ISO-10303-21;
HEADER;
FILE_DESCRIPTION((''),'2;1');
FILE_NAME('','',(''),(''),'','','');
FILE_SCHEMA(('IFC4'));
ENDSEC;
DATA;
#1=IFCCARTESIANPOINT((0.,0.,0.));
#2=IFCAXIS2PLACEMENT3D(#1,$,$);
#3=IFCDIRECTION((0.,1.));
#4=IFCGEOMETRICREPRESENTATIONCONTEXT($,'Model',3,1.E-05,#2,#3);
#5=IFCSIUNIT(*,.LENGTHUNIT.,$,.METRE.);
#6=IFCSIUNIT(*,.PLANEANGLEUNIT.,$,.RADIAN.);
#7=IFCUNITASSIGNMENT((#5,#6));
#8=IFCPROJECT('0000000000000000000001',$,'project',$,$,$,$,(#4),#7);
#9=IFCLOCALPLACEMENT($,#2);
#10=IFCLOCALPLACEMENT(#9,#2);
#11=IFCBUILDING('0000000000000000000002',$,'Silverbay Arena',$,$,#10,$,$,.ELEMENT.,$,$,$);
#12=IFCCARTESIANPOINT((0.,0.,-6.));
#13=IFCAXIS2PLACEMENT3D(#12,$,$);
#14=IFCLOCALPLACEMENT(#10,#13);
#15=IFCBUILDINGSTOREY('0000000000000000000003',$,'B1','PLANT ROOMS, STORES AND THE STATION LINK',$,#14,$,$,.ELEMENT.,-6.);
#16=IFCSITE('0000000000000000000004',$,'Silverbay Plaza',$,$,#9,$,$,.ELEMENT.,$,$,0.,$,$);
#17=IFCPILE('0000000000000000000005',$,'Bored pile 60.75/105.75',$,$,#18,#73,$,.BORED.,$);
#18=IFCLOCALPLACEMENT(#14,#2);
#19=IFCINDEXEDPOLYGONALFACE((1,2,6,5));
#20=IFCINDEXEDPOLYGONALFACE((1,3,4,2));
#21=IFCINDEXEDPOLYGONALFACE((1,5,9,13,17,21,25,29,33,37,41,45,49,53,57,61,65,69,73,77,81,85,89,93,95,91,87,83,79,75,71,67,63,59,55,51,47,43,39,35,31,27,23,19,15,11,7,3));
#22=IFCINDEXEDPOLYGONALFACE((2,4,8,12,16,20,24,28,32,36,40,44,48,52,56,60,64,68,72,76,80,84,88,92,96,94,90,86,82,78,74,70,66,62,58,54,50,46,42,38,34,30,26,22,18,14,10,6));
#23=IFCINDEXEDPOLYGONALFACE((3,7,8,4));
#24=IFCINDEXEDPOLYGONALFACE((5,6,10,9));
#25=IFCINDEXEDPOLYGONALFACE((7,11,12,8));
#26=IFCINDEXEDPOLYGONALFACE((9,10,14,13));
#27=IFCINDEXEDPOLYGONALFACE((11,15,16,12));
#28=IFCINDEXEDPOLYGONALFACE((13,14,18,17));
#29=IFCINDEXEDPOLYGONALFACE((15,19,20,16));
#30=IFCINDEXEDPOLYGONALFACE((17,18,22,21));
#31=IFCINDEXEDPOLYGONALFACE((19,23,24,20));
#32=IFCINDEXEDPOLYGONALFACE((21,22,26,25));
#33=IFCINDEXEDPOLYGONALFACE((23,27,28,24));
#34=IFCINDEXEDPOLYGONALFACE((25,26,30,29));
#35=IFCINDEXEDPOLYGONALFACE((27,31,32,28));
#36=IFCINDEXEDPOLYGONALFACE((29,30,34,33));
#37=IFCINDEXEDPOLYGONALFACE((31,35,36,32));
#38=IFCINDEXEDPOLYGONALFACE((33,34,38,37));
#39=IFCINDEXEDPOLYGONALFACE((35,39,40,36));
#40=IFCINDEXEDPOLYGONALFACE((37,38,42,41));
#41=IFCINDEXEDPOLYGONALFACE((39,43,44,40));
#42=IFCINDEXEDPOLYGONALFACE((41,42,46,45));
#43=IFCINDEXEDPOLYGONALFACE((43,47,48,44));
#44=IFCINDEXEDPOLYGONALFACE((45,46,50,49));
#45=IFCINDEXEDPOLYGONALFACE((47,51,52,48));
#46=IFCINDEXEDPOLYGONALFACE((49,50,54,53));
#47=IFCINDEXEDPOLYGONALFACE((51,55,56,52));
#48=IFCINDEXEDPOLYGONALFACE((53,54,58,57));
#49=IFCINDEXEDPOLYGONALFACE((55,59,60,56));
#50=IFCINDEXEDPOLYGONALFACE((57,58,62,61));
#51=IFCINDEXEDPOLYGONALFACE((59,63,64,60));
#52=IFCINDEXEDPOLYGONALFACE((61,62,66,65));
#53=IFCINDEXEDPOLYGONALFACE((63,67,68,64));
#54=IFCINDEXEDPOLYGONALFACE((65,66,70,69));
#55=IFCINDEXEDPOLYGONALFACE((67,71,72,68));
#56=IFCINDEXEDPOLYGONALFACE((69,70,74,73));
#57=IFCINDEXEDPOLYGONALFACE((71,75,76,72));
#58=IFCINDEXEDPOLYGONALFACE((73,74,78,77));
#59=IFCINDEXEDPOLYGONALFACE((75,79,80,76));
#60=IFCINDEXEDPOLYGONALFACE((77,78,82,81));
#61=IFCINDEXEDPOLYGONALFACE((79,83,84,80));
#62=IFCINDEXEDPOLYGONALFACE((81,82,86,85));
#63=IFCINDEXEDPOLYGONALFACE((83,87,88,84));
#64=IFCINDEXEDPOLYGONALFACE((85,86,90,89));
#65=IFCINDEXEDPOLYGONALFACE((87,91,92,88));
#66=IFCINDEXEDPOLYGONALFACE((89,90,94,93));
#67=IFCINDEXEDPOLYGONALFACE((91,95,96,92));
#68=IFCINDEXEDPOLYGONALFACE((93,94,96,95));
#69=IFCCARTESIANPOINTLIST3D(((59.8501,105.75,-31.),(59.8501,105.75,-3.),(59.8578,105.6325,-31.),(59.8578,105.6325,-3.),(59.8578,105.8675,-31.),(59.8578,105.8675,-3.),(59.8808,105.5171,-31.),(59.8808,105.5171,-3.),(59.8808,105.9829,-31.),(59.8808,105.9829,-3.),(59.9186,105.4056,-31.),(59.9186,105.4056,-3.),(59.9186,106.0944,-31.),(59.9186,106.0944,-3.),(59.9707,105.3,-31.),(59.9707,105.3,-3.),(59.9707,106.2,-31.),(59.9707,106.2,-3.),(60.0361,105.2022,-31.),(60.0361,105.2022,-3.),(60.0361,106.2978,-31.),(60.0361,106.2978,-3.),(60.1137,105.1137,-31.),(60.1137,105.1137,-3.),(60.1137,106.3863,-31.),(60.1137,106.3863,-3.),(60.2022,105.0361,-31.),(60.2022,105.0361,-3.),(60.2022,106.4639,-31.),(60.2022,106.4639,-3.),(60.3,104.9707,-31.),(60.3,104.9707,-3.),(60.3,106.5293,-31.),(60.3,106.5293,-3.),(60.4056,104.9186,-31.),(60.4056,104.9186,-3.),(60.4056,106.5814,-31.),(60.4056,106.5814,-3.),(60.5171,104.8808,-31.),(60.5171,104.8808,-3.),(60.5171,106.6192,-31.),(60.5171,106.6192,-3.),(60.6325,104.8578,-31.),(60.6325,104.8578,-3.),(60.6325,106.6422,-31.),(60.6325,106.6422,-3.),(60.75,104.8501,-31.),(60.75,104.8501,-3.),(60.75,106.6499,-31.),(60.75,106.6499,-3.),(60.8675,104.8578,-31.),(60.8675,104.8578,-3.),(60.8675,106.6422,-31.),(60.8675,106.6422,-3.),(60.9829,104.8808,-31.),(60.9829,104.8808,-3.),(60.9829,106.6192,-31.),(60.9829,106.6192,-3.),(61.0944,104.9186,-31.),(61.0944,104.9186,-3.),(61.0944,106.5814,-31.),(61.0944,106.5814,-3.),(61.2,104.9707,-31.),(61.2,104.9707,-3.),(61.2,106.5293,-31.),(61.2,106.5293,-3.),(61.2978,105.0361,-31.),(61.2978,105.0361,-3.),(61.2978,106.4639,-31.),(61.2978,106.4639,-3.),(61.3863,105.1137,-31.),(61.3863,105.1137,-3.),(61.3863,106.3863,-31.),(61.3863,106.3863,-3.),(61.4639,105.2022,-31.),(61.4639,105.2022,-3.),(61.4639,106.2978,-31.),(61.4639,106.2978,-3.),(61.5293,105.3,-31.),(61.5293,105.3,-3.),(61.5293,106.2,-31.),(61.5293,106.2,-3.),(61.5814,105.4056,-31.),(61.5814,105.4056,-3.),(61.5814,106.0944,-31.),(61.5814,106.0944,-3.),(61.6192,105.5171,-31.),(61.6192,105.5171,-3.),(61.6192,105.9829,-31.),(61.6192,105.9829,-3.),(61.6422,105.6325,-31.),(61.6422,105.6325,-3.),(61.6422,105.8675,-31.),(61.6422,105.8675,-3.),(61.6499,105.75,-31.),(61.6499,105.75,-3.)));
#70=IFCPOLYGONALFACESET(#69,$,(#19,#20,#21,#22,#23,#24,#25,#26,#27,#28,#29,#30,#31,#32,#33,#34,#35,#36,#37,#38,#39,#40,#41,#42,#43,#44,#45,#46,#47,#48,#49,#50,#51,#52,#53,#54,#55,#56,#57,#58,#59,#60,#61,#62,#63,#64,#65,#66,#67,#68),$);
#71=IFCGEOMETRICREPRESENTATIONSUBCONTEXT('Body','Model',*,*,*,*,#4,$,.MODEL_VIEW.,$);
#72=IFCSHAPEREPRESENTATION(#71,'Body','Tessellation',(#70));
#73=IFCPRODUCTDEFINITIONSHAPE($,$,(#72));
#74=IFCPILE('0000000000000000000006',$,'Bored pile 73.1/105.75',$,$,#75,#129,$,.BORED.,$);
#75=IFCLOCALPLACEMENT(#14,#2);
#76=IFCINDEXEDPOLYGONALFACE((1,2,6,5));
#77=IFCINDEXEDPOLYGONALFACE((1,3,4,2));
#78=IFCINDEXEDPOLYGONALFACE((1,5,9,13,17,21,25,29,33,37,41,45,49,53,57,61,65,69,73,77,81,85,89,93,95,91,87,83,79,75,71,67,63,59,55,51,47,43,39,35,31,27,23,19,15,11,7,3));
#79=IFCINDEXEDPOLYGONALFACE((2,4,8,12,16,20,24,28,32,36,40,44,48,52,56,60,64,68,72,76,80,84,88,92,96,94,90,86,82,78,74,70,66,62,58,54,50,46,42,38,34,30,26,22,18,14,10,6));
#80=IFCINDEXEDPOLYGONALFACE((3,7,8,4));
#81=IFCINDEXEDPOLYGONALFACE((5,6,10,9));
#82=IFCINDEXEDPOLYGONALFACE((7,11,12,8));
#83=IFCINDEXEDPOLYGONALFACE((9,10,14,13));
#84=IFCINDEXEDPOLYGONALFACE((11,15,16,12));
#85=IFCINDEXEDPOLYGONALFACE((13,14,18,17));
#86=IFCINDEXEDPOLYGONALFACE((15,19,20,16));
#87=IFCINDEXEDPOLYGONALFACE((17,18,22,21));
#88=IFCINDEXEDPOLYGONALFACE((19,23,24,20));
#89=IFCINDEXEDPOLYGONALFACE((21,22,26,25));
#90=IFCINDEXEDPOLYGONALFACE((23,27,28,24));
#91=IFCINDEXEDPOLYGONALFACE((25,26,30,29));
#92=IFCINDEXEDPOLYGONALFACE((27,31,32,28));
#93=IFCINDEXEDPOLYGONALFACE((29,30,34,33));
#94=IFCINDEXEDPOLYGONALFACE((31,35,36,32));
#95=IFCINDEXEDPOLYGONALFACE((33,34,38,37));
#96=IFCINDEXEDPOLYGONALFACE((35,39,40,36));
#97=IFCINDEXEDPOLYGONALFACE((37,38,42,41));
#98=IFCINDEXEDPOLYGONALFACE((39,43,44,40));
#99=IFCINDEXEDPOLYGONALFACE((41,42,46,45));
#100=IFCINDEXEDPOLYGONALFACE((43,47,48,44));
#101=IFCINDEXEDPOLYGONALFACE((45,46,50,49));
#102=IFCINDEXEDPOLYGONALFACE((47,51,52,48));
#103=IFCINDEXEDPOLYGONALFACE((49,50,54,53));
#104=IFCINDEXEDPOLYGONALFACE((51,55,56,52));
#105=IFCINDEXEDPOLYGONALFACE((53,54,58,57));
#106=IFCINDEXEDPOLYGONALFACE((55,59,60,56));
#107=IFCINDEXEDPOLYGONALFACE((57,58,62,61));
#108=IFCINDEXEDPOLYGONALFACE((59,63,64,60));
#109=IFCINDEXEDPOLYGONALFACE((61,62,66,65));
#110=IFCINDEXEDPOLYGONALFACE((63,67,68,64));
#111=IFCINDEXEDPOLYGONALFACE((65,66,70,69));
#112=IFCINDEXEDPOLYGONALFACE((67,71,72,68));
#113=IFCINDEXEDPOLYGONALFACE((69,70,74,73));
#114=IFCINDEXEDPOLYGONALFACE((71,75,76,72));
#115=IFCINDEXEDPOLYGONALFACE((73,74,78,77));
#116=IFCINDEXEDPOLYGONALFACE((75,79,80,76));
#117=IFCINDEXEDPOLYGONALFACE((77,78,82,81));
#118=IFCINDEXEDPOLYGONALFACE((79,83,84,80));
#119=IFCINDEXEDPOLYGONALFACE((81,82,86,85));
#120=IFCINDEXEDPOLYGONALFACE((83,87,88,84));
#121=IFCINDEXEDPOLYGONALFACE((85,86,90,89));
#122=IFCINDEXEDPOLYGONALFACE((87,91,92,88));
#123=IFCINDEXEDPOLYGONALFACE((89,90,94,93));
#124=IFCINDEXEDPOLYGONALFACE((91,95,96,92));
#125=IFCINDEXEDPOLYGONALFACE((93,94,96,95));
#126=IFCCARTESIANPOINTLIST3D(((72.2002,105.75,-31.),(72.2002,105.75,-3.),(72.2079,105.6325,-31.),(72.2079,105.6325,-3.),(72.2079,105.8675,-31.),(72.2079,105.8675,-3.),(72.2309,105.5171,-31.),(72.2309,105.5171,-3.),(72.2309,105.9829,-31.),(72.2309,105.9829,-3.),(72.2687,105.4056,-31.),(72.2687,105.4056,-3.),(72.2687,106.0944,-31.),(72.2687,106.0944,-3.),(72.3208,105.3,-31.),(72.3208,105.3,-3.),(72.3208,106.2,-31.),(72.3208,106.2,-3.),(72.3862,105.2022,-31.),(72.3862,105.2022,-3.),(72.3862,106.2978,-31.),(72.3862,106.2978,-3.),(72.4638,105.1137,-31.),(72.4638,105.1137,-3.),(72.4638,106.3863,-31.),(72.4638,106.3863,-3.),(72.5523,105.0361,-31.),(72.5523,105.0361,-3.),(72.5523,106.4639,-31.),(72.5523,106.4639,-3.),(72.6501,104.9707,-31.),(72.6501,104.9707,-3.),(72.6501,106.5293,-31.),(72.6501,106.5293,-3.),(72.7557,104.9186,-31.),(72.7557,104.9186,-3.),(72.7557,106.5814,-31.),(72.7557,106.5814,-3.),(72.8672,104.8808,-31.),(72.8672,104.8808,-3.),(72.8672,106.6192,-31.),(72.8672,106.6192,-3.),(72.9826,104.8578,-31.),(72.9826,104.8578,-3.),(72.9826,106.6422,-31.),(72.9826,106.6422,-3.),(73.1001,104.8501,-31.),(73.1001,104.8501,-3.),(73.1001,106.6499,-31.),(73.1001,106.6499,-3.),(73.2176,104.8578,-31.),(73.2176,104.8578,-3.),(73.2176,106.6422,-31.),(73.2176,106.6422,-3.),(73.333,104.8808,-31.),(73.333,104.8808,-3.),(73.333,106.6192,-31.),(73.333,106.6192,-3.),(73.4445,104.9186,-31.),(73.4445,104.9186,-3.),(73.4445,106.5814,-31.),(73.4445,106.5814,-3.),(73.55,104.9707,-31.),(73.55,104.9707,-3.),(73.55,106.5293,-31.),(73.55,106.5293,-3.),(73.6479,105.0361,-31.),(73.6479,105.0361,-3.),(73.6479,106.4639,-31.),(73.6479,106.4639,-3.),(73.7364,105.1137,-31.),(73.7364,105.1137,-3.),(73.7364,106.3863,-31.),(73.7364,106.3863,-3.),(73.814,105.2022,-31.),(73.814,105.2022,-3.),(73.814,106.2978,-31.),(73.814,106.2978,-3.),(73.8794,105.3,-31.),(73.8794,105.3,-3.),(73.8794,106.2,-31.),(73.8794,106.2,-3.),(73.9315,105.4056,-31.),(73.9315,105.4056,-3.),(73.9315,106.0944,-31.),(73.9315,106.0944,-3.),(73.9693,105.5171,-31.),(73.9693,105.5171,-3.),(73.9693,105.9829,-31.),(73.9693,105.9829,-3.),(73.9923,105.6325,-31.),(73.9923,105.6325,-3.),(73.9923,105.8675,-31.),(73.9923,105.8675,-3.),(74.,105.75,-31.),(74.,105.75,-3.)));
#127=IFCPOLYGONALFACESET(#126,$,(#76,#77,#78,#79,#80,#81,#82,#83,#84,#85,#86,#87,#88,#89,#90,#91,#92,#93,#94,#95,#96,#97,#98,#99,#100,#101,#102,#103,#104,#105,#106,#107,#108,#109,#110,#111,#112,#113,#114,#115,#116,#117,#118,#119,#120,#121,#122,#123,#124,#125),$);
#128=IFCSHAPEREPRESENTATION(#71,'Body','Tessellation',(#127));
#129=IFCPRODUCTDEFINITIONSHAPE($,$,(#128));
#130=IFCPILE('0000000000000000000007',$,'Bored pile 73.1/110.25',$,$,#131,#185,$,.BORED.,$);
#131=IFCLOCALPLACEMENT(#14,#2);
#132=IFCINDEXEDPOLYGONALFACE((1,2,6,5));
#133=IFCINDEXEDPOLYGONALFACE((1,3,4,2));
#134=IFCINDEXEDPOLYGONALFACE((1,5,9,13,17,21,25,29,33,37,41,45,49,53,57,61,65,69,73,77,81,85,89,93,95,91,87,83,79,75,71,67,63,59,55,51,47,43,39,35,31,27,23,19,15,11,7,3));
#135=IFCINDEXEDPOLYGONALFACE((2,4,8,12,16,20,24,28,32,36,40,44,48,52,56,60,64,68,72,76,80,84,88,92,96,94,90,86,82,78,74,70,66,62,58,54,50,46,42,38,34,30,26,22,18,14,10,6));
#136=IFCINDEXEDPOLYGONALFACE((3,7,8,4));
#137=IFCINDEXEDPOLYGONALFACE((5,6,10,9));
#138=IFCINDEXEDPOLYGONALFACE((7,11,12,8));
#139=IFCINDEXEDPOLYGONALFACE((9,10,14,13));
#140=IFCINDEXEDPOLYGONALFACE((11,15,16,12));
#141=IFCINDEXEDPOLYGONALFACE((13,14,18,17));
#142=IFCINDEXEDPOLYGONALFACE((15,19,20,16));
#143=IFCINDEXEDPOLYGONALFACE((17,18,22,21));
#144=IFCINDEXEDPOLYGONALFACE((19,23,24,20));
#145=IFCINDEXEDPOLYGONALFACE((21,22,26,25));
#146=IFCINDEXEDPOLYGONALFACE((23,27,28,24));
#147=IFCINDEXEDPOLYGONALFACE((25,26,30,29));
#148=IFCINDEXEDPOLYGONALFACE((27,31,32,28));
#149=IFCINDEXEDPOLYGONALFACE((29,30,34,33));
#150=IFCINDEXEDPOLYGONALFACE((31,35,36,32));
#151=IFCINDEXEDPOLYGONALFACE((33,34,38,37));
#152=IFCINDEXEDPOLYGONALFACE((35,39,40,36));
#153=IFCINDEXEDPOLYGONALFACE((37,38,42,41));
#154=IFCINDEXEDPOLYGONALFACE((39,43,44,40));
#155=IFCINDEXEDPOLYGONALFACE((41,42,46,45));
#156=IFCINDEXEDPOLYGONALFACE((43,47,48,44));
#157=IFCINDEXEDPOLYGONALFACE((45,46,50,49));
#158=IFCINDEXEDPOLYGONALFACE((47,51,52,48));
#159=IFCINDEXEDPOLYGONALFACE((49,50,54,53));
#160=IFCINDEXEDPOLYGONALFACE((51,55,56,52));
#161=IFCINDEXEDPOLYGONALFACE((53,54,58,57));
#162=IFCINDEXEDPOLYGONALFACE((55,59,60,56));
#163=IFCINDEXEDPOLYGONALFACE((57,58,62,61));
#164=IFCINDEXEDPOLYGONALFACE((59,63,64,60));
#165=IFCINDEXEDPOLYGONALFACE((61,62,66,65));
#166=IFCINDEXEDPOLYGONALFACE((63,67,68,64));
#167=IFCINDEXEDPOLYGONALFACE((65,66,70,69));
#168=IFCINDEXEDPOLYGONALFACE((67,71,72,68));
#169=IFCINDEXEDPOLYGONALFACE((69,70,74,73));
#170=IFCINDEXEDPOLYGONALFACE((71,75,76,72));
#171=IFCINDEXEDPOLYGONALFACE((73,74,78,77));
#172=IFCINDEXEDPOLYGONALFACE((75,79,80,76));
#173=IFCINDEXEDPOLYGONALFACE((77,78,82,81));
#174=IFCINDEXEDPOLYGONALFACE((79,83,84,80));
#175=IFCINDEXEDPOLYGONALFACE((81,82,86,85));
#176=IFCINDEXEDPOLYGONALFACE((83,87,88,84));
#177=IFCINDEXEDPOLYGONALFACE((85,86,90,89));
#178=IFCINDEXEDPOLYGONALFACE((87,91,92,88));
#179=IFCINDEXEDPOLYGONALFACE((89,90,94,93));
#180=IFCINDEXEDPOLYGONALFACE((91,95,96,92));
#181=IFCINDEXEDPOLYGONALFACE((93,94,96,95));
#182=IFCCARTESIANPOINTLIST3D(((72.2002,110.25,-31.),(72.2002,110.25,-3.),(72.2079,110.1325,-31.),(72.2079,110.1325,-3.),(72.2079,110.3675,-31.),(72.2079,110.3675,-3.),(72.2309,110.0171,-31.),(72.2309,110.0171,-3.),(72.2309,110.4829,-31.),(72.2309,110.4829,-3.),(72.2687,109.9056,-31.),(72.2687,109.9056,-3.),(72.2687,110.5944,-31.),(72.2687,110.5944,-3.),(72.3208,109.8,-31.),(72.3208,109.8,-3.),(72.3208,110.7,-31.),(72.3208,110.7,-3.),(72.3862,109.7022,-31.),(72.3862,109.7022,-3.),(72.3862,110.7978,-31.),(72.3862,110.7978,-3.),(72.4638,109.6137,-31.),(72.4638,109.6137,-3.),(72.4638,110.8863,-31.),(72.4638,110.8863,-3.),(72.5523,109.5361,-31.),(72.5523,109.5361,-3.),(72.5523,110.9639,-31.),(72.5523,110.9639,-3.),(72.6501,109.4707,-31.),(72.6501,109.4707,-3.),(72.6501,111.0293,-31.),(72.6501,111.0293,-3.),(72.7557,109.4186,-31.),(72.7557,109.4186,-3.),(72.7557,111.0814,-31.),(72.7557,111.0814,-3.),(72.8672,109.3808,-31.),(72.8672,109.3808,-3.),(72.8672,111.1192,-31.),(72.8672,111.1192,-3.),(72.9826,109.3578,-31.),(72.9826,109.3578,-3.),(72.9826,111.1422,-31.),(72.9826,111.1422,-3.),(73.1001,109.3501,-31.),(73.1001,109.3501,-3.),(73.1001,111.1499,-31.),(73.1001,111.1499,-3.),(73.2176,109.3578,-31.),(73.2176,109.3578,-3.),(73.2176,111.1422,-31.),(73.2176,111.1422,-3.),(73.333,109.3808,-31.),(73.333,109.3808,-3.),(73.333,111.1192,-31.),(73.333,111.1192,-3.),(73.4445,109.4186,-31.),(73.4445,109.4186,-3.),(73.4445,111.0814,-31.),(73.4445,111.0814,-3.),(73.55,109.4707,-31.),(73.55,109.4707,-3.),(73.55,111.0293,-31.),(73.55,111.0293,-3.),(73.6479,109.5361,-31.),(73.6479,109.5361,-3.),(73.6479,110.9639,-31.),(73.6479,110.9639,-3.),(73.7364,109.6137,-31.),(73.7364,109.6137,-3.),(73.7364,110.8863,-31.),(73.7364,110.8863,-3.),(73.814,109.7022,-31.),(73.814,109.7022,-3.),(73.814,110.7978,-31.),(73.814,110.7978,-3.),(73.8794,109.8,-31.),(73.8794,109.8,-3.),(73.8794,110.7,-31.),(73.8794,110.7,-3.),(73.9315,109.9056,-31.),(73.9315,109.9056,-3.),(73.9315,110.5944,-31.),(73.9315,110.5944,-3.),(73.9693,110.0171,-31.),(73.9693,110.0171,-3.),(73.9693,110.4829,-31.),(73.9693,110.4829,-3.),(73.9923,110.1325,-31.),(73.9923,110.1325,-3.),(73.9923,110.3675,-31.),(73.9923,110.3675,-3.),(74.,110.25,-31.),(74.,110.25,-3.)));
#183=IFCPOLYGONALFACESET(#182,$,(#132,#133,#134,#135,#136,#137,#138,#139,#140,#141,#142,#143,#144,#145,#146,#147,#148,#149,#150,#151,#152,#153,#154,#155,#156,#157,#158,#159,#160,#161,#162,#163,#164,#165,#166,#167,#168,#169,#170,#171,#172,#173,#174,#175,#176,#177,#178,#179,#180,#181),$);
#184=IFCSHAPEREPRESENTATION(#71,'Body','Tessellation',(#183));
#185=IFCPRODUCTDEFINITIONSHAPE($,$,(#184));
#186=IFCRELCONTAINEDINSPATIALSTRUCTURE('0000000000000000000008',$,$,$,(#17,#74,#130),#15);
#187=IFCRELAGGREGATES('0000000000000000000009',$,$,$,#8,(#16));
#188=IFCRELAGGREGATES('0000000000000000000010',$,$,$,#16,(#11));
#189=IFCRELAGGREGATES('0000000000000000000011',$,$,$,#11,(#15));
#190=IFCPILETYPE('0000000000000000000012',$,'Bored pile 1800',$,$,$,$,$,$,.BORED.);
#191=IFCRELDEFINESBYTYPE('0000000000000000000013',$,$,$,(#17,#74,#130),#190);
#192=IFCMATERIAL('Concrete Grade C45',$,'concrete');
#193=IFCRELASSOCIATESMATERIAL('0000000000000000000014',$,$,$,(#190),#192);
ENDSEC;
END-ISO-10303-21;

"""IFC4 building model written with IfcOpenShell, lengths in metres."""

from ifc_helpers import new_model, si_unit, direction, frame, origin, origin_2d, place, context, subcontext, project, spatial, circle, extrude, material, material_profile, profile_set, type_object, element, save


model = new_model("IFC4")

# Units and contexts
model_context = context("Model", 3, precision=1e-05, world=origin(), true_north=direction((0.0, 1.0)))
body_context = subcontext(model_context, "Body", "Model", "MODEL_VIEW")
ifc_project = project(units=[si_unit("LENGTHUNIT", "METRE"), si_unit("PLANEANGLEUNIT", "RADIAN")], contexts=[model_context])

# Site, building, storey
site_placement = place(None, origin())
site = spatial("IfcSite", under=ifc_project, at=site_placement, Name="Silverbay Plaza", CompositionType="ELEMENT", RefElevation=0.0)
building_placement = place(site_placement, origin())
building = spatial("IfcBuilding", under=site, at=building_placement, Name="Silverbay Arena", CompositionType="ELEMENT")
storey_placement = place(building_placement, frame((0.0, 0.0, -6.0)))
storey = spatial("IfcBuildingStorey", under=building, at=storey_placement, Name="B1", Description="PLANT ROOMS, STORES AND THE STATION LINK", CompositionType="ELEMENT", Elevation=-6.0)

# Piles
ifc_material_1 = material(Name="Concrete Grade C45", Category="concrete")
ifc_material_profile_1 = material_profile(ifc_material_1, circle(Radius=0.8999, at=origin_2d()), Name="Bored pile 1800")
ifc_profile_set_1 = profile_set([ifc_material_profile_1], Name="Concrete Grade C45")
pile_type_1 = type_object("IfcPileType", Name="Bored pile 1800", PredefinedType="BORED", material=ifc_profile_set_1)
for number, where, z_axis, x_axis, name in (
    (1, (60.75, 105.75, -3.0), (0.0, 0.0, -1.0), (1.0, 0.0, 0.0), "Bored pile 60.75/105.75"),
    (2, (73.1001, 105.75, -3.0), (0.0, 0.0, -1.0), (1.0, 0.0, 0.0), "Bored pile 73.1/105.75"),
    (3, (73.1001, 110.25, -3.0), (0.0, 0.0, -1.0), (1.0, 0.0, 0.0), "Bored pile 73.1/110.25"),
):
    element("IfcPile", number, at=place(storey_placement, frame(where, z_axis=z_axis, x_axis=x_axis)), inside=storey, type_object=pile_type_1, Name=name, PredefinedType="BORED", context=body_context, shape_type="SweptSolid", body=[
        extrude(circle(Radius=0.8999, at=origin_2d()), origin(), (0.0, 0.0, 1.0), 28.0),
    ])

save(model, "model.ifc")
